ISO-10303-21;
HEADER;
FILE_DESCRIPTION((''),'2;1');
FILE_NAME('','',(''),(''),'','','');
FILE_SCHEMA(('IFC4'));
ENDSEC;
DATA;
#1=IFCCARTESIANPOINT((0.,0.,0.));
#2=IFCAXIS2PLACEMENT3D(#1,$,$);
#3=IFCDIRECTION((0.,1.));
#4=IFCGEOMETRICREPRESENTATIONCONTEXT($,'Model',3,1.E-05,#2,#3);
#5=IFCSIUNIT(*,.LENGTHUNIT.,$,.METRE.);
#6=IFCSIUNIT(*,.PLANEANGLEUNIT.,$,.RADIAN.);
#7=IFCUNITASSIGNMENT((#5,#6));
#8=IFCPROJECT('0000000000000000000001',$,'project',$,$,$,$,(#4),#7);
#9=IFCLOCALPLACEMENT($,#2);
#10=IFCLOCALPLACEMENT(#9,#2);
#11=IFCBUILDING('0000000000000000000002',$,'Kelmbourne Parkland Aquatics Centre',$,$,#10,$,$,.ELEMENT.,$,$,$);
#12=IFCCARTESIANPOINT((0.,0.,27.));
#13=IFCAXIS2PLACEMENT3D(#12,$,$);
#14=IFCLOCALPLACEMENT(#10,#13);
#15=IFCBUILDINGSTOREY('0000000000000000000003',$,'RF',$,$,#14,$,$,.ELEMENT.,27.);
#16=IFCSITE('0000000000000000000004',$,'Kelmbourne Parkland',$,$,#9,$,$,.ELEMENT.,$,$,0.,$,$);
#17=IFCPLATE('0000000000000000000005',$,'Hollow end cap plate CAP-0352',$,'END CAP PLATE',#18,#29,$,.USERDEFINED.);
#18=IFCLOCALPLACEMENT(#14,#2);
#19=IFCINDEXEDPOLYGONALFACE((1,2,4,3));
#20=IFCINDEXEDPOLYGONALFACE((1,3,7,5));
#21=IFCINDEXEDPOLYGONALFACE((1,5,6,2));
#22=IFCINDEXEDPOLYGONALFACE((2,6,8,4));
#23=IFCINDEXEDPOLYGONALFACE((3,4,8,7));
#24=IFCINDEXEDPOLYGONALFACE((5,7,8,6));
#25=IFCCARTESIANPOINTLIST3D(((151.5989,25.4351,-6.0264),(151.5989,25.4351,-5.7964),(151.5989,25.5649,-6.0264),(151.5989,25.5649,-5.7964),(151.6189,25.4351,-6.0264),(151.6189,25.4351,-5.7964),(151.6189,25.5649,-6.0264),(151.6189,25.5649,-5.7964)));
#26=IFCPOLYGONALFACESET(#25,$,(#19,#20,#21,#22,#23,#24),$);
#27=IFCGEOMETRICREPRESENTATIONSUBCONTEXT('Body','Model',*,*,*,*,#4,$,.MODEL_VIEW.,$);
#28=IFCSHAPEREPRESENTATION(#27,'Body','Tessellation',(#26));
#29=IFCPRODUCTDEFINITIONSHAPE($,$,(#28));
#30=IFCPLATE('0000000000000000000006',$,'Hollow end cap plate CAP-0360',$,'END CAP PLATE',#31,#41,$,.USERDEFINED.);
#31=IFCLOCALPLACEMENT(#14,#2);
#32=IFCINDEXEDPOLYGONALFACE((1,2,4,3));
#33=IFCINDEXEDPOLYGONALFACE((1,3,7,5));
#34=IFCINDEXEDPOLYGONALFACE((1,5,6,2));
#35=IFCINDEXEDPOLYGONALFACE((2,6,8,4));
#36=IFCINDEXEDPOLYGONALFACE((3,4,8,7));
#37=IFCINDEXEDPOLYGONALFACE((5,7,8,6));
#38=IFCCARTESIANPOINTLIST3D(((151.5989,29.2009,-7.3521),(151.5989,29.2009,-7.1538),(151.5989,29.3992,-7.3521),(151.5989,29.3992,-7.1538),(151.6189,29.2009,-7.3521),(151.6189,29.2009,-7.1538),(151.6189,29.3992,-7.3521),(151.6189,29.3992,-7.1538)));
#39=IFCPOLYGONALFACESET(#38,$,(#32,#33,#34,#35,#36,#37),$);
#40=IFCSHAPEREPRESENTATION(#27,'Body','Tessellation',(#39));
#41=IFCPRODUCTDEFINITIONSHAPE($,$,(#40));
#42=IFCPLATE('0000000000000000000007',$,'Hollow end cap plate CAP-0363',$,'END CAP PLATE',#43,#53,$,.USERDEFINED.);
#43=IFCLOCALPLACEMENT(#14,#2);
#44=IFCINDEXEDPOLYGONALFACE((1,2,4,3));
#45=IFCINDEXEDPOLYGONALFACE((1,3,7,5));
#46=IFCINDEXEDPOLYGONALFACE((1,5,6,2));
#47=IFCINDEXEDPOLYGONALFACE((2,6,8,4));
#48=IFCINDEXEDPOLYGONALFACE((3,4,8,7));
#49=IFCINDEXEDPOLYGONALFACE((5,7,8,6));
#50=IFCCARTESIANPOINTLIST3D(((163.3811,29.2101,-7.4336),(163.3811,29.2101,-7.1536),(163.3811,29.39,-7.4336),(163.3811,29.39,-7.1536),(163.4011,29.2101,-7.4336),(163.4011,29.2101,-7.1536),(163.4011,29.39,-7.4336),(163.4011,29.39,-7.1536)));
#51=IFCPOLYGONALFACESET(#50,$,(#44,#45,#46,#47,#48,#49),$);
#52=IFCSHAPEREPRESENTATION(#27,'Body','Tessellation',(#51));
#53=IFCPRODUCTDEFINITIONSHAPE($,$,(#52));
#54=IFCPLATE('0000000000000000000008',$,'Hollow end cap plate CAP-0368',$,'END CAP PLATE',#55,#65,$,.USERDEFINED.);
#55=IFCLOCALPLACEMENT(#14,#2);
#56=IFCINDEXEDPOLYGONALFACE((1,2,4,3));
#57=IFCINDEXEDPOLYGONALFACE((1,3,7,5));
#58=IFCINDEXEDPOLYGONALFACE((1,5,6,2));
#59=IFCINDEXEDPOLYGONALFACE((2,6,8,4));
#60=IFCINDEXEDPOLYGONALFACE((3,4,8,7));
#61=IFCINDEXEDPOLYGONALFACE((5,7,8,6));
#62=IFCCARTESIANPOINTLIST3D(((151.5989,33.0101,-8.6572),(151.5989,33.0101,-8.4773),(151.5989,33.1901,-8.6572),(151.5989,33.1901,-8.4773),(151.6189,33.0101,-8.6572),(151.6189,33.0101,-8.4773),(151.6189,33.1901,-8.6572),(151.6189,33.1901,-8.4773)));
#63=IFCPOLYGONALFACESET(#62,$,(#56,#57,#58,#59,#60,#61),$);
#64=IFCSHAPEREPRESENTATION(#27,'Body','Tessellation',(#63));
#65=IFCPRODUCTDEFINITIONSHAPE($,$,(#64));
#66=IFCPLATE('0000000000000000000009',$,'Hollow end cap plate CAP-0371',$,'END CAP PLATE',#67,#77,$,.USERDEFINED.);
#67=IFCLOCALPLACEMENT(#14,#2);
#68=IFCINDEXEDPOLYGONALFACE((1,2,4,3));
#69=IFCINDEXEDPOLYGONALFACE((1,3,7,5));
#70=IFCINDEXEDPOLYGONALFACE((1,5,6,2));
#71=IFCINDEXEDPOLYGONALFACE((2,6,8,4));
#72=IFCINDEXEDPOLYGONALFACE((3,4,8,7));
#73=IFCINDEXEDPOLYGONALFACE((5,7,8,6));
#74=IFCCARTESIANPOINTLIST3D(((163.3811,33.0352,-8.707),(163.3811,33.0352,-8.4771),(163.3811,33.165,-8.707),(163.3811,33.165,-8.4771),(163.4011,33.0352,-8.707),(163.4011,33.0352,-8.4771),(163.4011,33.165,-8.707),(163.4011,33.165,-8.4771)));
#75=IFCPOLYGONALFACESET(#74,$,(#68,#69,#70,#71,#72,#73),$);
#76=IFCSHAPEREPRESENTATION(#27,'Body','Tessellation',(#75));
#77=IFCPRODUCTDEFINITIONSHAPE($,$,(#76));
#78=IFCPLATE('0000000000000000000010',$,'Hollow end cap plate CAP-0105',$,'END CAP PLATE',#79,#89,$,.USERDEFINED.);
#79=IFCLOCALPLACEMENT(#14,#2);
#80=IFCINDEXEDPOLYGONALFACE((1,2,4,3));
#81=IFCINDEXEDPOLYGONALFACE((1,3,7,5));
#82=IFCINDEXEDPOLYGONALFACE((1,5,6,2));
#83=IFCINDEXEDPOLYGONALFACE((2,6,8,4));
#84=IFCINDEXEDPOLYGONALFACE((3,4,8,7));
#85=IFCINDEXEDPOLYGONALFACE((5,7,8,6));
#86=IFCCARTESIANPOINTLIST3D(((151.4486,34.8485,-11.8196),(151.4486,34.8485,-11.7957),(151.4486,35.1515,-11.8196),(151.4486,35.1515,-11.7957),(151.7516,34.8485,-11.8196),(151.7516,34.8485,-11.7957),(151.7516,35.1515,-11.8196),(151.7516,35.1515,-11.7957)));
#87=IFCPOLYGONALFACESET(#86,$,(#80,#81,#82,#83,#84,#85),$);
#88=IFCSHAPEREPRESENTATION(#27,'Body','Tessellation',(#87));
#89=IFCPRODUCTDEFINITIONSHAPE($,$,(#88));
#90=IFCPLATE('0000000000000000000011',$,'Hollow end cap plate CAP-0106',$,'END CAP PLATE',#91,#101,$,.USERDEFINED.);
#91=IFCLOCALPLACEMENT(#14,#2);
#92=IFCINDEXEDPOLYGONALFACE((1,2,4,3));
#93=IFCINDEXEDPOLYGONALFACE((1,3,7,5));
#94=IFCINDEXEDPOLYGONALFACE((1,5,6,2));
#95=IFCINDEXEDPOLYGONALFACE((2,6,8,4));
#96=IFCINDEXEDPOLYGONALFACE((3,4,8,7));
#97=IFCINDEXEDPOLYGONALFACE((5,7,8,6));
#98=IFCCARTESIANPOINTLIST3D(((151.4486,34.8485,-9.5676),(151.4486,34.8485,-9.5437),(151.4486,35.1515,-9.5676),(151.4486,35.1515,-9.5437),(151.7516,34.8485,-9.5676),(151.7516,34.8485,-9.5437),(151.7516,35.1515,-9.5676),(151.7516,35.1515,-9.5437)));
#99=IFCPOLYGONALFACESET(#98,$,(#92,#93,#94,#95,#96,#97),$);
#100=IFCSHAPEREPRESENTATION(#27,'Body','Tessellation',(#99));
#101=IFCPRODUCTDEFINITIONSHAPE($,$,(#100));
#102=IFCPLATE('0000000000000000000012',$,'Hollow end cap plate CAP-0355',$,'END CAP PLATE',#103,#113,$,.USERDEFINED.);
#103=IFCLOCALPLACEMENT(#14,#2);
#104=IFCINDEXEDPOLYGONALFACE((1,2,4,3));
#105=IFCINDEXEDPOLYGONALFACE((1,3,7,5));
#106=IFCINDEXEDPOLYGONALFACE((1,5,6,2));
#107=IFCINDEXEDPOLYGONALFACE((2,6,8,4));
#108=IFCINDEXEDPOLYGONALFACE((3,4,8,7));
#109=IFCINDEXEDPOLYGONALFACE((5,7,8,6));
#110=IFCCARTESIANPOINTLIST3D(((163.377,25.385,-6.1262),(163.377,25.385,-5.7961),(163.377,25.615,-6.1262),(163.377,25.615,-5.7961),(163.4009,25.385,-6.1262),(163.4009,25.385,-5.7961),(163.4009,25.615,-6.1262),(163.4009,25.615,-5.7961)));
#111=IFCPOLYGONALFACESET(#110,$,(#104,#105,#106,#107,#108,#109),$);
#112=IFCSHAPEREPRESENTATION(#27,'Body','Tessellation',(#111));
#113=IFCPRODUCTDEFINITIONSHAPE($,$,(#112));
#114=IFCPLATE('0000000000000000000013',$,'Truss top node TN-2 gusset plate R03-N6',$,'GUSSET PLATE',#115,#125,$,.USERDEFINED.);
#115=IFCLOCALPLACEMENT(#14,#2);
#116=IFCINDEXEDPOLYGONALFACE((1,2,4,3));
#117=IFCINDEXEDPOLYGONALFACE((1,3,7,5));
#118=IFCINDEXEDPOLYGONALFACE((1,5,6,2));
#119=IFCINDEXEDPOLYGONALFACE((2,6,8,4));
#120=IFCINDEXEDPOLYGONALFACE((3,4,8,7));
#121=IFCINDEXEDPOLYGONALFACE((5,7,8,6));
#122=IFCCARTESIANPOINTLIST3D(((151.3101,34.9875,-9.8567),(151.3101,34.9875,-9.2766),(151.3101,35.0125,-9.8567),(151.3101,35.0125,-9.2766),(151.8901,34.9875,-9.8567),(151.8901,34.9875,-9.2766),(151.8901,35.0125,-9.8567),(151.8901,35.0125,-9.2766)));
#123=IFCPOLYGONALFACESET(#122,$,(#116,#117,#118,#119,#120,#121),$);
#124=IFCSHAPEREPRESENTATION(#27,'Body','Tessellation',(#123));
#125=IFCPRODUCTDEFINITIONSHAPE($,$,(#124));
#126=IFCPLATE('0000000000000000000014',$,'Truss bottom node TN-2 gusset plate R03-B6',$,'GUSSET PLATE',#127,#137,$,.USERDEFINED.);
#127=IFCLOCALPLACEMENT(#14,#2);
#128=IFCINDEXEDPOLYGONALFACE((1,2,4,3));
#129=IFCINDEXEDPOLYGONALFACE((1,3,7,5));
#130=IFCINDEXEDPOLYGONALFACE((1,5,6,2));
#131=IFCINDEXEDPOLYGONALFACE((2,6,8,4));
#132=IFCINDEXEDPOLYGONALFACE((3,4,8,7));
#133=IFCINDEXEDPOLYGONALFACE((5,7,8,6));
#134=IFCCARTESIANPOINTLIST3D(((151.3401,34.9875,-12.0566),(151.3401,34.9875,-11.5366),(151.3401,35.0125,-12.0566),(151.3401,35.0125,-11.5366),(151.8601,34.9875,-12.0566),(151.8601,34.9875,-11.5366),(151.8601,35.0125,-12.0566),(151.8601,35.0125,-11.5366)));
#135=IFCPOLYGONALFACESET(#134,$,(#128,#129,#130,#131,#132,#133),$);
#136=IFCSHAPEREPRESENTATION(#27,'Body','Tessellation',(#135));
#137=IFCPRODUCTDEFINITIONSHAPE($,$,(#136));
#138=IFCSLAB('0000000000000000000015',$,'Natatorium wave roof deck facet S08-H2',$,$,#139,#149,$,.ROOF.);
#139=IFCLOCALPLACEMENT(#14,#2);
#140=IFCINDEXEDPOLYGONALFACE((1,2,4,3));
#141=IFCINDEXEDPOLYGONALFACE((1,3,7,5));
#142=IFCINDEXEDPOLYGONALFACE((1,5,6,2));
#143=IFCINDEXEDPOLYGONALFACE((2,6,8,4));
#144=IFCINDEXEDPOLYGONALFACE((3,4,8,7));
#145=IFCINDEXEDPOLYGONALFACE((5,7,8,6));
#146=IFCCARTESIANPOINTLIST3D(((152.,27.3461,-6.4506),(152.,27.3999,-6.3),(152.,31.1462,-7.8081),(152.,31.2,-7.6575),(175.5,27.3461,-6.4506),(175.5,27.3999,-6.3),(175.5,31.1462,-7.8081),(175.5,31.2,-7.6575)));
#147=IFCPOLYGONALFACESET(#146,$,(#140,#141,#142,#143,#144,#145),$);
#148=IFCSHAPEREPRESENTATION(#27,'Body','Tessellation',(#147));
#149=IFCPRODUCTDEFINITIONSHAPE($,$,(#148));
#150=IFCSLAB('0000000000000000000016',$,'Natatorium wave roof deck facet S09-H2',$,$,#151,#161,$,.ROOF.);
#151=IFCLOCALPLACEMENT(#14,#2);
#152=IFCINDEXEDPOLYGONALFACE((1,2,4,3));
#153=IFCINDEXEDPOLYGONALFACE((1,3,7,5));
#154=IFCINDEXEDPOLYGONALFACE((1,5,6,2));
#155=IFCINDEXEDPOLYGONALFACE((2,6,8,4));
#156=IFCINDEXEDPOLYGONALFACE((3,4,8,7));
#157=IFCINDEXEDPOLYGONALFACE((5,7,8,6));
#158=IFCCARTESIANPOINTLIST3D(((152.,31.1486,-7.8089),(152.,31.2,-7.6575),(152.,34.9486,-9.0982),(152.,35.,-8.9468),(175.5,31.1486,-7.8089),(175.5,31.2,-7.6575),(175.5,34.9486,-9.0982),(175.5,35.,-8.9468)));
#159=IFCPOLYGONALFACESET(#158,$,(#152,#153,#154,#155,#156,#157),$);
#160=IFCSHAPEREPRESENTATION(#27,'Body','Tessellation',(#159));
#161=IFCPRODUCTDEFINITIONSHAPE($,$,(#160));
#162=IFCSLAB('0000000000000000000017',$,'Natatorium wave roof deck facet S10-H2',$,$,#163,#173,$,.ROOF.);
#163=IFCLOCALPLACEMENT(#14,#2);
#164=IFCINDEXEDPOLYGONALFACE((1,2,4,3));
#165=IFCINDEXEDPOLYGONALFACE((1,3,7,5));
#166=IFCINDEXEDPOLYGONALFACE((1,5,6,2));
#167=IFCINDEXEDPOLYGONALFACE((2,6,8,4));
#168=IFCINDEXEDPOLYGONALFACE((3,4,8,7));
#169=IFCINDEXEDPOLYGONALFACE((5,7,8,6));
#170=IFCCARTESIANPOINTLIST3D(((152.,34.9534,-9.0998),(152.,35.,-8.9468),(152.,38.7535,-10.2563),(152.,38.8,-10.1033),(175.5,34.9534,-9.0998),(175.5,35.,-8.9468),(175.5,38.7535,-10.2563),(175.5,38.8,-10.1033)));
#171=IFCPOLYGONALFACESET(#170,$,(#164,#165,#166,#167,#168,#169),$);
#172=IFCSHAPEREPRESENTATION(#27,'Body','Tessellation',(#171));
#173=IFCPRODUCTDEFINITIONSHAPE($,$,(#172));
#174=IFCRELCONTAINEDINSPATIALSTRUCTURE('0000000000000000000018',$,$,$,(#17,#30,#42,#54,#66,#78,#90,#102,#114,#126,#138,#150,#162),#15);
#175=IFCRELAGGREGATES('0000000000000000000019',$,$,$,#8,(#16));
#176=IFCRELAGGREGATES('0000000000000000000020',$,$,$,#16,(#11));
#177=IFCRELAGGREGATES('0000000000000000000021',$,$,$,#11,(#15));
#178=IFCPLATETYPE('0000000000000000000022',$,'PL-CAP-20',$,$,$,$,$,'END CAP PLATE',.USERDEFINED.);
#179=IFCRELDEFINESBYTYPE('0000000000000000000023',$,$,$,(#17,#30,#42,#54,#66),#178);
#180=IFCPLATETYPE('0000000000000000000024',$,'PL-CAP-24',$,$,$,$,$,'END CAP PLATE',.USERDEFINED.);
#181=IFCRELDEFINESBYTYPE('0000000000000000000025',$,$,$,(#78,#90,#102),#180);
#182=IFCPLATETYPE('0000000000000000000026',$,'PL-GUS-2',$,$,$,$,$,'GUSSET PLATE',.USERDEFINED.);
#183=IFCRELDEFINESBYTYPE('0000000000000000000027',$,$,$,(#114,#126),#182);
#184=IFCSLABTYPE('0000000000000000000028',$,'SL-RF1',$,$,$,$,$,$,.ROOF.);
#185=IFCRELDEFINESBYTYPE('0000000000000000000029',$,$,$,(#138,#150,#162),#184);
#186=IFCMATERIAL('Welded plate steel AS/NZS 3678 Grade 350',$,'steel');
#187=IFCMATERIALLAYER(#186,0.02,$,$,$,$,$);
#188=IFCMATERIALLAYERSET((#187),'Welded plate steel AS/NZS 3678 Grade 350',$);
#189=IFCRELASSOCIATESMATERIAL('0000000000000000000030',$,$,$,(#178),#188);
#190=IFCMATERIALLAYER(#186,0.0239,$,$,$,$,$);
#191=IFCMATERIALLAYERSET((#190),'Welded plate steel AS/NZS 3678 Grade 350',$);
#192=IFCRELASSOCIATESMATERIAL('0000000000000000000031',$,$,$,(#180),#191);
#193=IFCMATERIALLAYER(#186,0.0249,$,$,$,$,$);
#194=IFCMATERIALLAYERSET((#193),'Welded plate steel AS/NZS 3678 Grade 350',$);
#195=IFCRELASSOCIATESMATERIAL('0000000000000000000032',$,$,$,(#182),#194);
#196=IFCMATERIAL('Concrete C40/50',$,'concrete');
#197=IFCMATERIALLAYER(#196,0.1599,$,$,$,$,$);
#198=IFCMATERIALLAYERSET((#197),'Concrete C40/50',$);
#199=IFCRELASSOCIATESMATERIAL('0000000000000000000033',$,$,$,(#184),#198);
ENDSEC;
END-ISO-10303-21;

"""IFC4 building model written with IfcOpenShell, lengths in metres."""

from ifc_helpers import new_model, si_unit, direction, frame, origin, origin_2d, place, context, subcontext, project, spatial, polyline, rectangle, outline, extrude, material, layer, layer_set, type_object, element, save


model = new_model("IFC4")

# Units and contexts
model_context = context("Model", 3, precision=1e-05, world=origin(), true_north=direction((0.0, 1.0)))
body_context = subcontext(model_context, "Body", "Model", "MODEL_VIEW")
ifc_project = project(units=[si_unit("LENGTHUNIT", "METRE"), si_unit("PLANEANGLEUNIT", "RADIAN")], contexts=[model_context])

# Site, building, storey
site_placement = place(None, origin())
site = spatial("IfcSite", under=ifc_project, at=site_placement, Name="Kelmbourne Parkland", CompositionType="ELEMENT", RefElevation=0.0)
building_placement = place(site_placement, origin())
building = spatial("IfcBuilding", under=site, at=building_placement, Name="Kelmbourne Parkland Aquatics Centre", CompositionType="ELEMENT")
storey_placement = place(building_placement, frame((0.0, 0.0, 27.0)))
storey = spatial("IfcBuildingStorey", under=building, at=storey_placement, Name="RF", CompositionType="ELEMENT", Elevation=27.0)

# Shared definitions
ifc_material_1 = material(Name="Welded plate steel AS/NZS 3678 Grade 350", Category="steel")

# Plates
ifc_layer_1 = layer(ifc_material_1, 0.02)
ifc_layer_set_1 = layer_set([ifc_layer_1], Name="Welded plate steel AS/NZS 3678 Grade 350")
plate_type_1 = type_object("IfcPlateType", Name="PL-CAP-20", ElementType="END CAP PLATE", PredefinedType="USERDEFINED", material=ifc_layer_set_1)
plate_1_placement = place(storey_placement, frame((151.6089, 25.5, -6.0264), z_axis=(0.0, 0.0, 1.0), x_axis=(1.0, 0.0, 0.0)))
element("IfcPlate", 1, at=plate_1_placement, inside=storey, type_object=plate_type_1, Name="Hollow end cap plate CAP-0352", ObjectType="END CAP PLATE", PredefinedType="USERDEFINED", context=body_context, shape_type="SweptSolid", body=[
    extrude(rectangle(XDim=0.02, YDim=0.1299, at=origin_2d()), origin(), (0.0, 0.0, 1.0), 0.23),
])
plate_2_placement = place(storey_placement, frame((151.6089, 29.3, -7.3521), z_axis=(0.0, 0.0, 1.0), x_axis=(1.0, 0.0, 0.0)))
element("IfcPlate", 2, at=plate_2_placement, inside=storey, type_object=plate_type_1, Name="Hollow end cap plate CAP-0360", ObjectType="END CAP PLATE", PredefinedType="USERDEFINED", context=body_context, shape_type="SweptSolid", body=[
    extrude(rectangle(XDim=0.02, YDim=0.1982, at=origin_2d()), origin(), (0.0, 0.0, 1.0), 0.1982),
])
plate_3_placement = place(storey_placement, frame((163.3911, 29.3, -7.4336), z_axis=(0.0, 0.0, 1.0), x_axis=(-1.0, 0.0, 0.0)))
element("IfcPlate", 3, at=plate_3_placement, inside=storey, type_object=plate_type_1, Name="Hollow end cap plate CAP-0363", ObjectType="END CAP PLATE", PredefinedType="USERDEFINED", context=body_context, shape_type="SweptSolid", body=[
    extrude(rectangle(XDim=0.02, YDim=0.1799, at=origin_2d()), origin(), (0.0, 0.0, 1.0), 0.28),
])
plate_4_placement = place(storey_placement, frame((151.6089, 33.1001, -8.6572), z_axis=(0.0, 0.0, 1.0), x_axis=(1.0, 0.0, 0.0)))
element("IfcPlate", 4, at=plate_4_placement, inside=storey, type_object=plate_type_1, Name="Hollow end cap plate CAP-0368", ObjectType="END CAP PLATE", PredefinedType="USERDEFINED", context=body_context, shape_type="SweptSolid", body=[
    extrude(rectangle(XDim=0.02, YDim=0.1799, at=origin_2d()), origin(), (0.0, 0.0, 1.0), 0.1799),
])
plate_5_placement = place(storey_placement, frame((163.3911, 33.1001, -8.707), z_axis=(0.0, 0.0, 1.0), x_axis=(-1.0, 0.0, 0.0)))
element("IfcPlate", 5, at=plate_5_placement, inside=storey, type_object=plate_type_1, Name="Hollow end cap plate CAP-0371", ObjectType="END CAP PLATE", PredefinedType="USERDEFINED", context=body_context, shape_type="SweptSolid", body=[
    extrude(rectangle(XDim=0.02, YDim=0.1299, at=origin_2d()), origin(), (0.0, 0.0, 1.0), 0.23),
])
ifc_layer_2 = layer(ifc_material_1, 0.0239)
ifc_layer_set_2 = layer_set([ifc_layer_2], Name="Welded plate steel AS/NZS 3678 Grade 350")
plate_type_2 = type_object("IfcPlateType", Name="PL-CAP-24", ElementType="END CAP PLATE", PredefinedType="USERDEFINED", material=ifc_layer_set_2)
for number, where, z_axis, x_axis, name in (
    (6, (151.6001, 35.0, -11.8196), (0.0, 0.0, 1.0), (1.0, 0.0, 0.0), "Hollow end cap plate CAP-0105"),
    (7, (151.6001, 35.0, -9.5676), (0.0, 0.0, 1.0), (1.0, 0.0, 0.0), "Hollow end cap plate CAP-0106"),
):
    element("IfcPlate", number, at=place(storey_placement, frame(where, z_axis=z_axis, x_axis=x_axis)), inside=storey, type_object=plate_type_2, Name=name, ObjectType="END CAP PLATE", PredefinedType="USERDEFINED", context=body_context, shape_type="SweptSolid", body=[
        extrude(rectangle(XDim=0.303, YDim=0.303, at=origin_2d()), origin(), (0.0, 0.0, 1.0), 0.0239),
    ])
plate_6_placement = place(storey_placement, frame((163.3889, 25.5, -6.1262), z_axis=(0.0, 0.0, 1.0), x_axis=(-1.0, 0.0, 0.0)))
element("IfcPlate", 8, at=plate_6_placement, inside=storey, type_object=plate_type_2, Name="Hollow end cap plate CAP-0355", ObjectType="END CAP PLATE", PredefinedType="USERDEFINED", context=body_context, shape_type="SweptSolid", body=[
    extrude(rectangle(XDim=0.0239, YDim=0.23, at=origin_2d()), origin(), (0.0, 0.0, 1.0), 0.3301),
])
ifc_layer_3 = layer(ifc_material_1, 0.0249)
ifc_layer_set_3 = layer_set([ifc_layer_3], Name="Welded plate steel AS/NZS 3678 Grade 350")
plate_type_3 = type_object("IfcPlateType", Name="PL-GUS-2", ElementType="GUSSET PLATE", PredefinedType="USERDEFINED", material=ifc_layer_set_3)
plate_7_placement = place(storey_placement, frame((151.6001, 35.0, -9.8567), z_axis=(0.0, 0.0, 1.0), x_axis=(1.0, 0.0, 0.0)))
element("IfcPlate", 9, at=plate_7_placement, inside=storey, type_object=plate_type_3, Name="Truss top node TN-2 gusset plate R03-N6", ObjectType="GUSSET PLATE", PredefinedType="USERDEFINED", context=body_context, shape_type="SweptSolid", body=[
    extrude(rectangle(XDim=0.5801, YDim=0.0249, at=origin_2d()), origin(), (0.0, 0.0, 1.0), 0.5801),
])
plate_8_placement = place(storey_placement, frame((151.6001, 35.0, -12.0566), z_axis=(0.0, 0.0, 1.0), x_axis=(1.0, 0.0, 0.0)))
element("IfcPlate", 10, at=plate_8_placement, inside=storey, type_object=plate_type_3, Name="Truss bottom node TN-2 gusset plate R03-B6", ObjectType="GUSSET PLATE", PredefinedType="USERDEFINED", context=body_context, shape_type="SweptSolid", body=[
    extrude(rectangle(XDim=0.52, YDim=0.0249, at=origin_2d()), origin(), (0.0, 0.0, 1.0), 0.52),
])

# Slabs
ifc_material_2 = material(Name="Concrete C40/50", Category="concrete")
ifc_layer_4 = layer(ifc_material_2, 0.1599)
ifc_layer_set_4 = layer_set([ifc_layer_4], Name="Concrete C40/50")
slab_type = type_object("IfcSlabType", Name="SL-RF1", PredefinedType="ROOF", material=ifc_layer_set_4)
slab_1_placement = place(storey_placement, frame((152.0, 27.3999, -6.3), z_axis=(0.0, 0.336394, 0.941721), x_axis=(1.0, 0.0, 0.0)))
element("IfcSlab", 11, at=slab_1_placement, inside=storey, type_object=slab_type, Name="Natatorium wave roof deck facet S08-H2", PredefinedType="ROOF", context=body_context, shape_type="SweptSolid", body=[
    extrude(outline(polyline([(0.0, 0.0), (23.5, 0.0), (23.5, 4.0352), (0.0, 4.0352), (0.0, 0.0)])), origin(), (0.0, 0.0, -1.0), 0.1599),
])
slab_2_placement = place(storey_placement, frame((152.0, 31.2, -7.6575), z_axis=(0.0, 0.321297, 0.946978), x_axis=(1.0, 0.0, 0.0)))
element("IfcSlab", 12, at=slab_2_placement, inside=storey, type_object=slab_type, Name="Natatorium wave roof deck facet S09-H2", PredefinedType="ROOF", context=body_context, shape_type="SweptSolid", body=[
    extrude(outline(polyline([(0.0, 0.0), (23.5, 0.0), (23.5, 4.0128), (0.0, 4.0128), (0.0, 0.0)])), origin(), (0.0, 0.0, -1.0), 0.1599),
])
slab_3_placement = place(storey_placement, frame((152.0, 35.0, -8.9468), z_axis=(0.0, 0.291152, 0.956677), x_axis=(1.0, 0.0, 0.0)))
element("IfcSlab", 13, at=slab_3_placement, inside=storey, type_object=slab_type, Name="Natatorium wave roof deck facet S10-H2", PredefinedType="ROOF", context=body_context, shape_type="SweptSolid", body=[
    extrude(outline(polyline([(0.0, 0.0), (23.5, 0.0), (23.5, 3.9721), (0.0, 3.9721), (0.0, 0.0)])), origin(), (0.0, 0.0, -1.0), 0.1599),
])

save(model, "model.ifc")
